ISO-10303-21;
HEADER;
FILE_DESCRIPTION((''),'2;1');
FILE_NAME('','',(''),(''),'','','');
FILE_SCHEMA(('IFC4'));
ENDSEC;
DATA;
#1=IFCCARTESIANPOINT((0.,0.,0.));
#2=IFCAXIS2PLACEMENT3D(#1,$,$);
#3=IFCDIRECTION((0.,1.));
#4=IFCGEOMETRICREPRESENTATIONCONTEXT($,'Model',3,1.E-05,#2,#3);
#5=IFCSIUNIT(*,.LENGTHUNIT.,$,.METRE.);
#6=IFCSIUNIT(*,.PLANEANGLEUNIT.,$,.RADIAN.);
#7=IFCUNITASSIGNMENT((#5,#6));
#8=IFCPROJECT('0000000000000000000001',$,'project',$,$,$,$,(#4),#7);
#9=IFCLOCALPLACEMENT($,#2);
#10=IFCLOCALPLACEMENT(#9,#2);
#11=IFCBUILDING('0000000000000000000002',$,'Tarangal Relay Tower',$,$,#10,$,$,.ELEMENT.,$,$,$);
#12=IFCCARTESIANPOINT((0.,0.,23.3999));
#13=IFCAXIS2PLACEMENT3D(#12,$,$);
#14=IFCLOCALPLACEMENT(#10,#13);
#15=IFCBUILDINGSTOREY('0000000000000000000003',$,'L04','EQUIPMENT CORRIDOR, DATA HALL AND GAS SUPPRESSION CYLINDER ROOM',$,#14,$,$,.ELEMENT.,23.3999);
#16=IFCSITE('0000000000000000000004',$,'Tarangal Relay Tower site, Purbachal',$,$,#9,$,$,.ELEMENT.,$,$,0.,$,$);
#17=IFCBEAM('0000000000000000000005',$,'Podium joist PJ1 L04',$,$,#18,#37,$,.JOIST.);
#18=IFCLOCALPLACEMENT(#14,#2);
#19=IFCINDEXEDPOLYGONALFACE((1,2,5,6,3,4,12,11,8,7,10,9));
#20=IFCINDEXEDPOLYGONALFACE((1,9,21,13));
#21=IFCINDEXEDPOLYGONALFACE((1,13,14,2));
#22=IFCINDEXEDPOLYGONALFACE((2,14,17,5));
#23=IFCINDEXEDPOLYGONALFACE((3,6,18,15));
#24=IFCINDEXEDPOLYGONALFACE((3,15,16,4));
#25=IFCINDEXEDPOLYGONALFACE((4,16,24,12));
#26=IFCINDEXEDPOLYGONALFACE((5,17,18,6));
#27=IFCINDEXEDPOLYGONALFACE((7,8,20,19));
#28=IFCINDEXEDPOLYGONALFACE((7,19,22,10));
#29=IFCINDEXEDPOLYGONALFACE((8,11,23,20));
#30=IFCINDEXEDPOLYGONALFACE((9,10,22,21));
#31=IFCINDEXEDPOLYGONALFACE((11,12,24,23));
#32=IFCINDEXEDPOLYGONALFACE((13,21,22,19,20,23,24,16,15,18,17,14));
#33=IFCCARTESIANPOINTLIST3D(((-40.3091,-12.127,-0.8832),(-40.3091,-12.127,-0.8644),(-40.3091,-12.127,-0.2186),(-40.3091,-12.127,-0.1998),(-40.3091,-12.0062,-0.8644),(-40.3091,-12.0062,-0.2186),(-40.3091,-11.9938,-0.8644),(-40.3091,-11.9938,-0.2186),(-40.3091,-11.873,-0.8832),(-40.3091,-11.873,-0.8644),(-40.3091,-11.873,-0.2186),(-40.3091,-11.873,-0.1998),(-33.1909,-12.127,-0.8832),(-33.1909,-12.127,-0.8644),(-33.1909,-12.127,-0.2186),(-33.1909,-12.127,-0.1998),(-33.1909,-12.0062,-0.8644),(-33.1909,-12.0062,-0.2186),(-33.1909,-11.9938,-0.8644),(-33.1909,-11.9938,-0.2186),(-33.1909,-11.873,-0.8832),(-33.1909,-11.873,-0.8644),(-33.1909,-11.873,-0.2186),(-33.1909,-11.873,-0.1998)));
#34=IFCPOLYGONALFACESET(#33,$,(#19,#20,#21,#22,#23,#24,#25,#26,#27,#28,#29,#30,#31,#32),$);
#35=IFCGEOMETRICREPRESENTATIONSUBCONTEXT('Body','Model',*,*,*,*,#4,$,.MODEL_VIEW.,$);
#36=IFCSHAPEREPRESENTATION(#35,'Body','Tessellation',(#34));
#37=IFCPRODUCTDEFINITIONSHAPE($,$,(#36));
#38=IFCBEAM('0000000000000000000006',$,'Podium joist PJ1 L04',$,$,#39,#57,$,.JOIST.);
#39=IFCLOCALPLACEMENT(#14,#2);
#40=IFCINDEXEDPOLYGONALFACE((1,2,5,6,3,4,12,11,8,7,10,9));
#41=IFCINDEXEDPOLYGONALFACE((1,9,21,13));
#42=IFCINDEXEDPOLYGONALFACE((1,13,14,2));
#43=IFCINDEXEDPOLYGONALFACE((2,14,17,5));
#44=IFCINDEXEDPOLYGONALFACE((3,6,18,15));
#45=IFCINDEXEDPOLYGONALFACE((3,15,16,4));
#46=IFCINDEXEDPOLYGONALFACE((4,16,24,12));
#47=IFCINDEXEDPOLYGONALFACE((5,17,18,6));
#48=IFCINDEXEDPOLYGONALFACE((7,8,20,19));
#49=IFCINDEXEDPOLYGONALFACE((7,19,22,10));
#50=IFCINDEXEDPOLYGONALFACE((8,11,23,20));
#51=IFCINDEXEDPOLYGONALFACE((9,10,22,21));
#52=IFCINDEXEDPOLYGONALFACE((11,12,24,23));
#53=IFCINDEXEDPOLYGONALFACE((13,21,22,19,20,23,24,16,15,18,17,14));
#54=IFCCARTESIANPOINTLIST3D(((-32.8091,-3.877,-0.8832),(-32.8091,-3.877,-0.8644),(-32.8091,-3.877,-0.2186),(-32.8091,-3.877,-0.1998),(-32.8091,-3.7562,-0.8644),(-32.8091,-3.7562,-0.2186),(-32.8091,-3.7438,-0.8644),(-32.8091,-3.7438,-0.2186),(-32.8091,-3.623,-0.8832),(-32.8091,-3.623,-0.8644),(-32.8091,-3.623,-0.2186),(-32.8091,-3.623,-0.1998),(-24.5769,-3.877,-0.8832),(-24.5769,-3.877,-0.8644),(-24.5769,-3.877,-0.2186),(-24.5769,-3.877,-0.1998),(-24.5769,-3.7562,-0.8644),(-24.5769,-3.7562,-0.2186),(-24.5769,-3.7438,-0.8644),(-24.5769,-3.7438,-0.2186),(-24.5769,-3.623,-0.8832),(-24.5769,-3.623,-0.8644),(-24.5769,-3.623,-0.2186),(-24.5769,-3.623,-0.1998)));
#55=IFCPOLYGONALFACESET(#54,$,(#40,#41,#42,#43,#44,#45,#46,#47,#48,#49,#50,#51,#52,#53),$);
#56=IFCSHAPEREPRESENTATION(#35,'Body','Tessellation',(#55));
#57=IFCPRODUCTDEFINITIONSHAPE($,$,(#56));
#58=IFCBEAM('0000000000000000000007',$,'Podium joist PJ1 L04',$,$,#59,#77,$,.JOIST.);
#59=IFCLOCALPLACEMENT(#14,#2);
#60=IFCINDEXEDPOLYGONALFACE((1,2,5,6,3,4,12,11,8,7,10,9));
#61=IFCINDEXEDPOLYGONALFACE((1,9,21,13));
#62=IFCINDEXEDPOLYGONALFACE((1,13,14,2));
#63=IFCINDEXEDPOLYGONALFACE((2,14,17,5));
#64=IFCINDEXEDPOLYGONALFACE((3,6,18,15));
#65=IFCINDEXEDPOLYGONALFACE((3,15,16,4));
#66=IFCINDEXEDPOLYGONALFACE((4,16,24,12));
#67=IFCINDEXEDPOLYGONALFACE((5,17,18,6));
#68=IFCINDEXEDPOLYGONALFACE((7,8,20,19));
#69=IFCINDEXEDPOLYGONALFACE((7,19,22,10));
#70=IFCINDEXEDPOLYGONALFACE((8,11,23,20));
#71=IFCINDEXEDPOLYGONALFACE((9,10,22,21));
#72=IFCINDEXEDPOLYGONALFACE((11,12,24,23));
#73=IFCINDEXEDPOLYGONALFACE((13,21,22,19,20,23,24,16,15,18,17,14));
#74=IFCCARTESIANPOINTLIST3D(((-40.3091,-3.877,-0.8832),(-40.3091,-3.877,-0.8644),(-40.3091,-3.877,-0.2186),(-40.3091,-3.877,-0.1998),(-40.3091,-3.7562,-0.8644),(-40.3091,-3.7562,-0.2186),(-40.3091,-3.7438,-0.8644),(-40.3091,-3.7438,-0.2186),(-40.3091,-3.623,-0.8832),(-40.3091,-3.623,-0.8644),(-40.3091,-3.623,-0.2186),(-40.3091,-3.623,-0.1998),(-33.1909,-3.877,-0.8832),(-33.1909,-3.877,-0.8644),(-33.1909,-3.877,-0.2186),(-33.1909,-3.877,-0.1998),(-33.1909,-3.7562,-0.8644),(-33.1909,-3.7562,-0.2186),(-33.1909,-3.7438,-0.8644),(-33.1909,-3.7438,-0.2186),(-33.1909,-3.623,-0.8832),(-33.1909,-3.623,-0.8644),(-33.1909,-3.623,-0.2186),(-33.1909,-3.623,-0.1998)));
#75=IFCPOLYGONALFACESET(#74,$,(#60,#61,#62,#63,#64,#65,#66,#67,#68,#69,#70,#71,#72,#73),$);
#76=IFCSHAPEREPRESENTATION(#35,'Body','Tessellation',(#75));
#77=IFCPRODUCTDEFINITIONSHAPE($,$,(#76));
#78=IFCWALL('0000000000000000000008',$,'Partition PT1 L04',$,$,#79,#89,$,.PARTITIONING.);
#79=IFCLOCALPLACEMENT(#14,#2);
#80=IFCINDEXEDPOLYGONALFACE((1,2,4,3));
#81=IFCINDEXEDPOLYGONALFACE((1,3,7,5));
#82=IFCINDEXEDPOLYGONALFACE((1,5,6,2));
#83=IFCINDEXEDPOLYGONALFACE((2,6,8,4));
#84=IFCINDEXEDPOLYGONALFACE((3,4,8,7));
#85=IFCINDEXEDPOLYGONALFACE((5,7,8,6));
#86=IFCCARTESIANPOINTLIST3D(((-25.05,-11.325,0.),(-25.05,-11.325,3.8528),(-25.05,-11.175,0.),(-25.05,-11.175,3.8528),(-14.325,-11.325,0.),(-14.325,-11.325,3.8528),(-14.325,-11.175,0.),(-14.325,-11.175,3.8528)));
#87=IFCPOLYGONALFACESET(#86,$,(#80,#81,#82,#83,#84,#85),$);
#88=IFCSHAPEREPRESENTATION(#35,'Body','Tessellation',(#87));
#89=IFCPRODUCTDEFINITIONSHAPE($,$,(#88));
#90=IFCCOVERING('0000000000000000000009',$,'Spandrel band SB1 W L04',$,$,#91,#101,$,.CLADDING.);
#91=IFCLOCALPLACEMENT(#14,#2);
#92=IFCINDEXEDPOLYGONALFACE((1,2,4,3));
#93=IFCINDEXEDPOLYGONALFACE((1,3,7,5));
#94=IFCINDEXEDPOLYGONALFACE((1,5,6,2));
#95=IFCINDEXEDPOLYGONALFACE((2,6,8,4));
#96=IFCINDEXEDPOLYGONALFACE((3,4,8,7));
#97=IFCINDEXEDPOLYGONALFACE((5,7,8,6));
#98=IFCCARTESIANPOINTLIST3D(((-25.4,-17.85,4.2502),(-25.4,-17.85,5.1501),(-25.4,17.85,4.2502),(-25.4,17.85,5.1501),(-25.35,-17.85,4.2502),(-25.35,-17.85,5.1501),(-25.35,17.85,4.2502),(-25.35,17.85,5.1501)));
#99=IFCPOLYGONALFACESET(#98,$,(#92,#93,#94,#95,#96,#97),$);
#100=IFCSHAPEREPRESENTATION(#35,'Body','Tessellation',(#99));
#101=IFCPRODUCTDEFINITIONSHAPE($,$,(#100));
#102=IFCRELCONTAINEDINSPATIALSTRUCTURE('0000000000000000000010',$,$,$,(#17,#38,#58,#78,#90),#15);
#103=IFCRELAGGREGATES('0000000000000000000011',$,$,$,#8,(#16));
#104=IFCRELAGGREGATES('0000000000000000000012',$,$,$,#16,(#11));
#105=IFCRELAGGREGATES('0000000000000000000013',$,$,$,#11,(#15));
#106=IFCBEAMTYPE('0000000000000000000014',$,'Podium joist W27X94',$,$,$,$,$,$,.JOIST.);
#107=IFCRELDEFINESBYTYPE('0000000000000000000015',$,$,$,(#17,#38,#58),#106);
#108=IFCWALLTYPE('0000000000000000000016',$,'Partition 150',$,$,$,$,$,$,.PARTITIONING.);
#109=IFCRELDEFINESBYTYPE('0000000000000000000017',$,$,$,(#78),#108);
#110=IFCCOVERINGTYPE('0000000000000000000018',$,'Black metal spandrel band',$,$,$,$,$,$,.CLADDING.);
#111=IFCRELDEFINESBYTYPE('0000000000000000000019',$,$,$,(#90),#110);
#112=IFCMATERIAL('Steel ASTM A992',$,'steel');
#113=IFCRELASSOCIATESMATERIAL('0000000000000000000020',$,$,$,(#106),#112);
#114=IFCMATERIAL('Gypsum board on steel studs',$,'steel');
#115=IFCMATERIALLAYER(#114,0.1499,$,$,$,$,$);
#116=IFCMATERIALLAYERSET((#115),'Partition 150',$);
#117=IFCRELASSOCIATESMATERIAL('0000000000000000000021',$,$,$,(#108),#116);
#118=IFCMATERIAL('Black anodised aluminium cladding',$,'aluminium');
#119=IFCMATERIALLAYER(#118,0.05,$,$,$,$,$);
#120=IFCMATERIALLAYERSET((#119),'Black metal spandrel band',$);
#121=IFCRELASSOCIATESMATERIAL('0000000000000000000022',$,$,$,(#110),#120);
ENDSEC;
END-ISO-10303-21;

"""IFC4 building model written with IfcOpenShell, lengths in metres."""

from ifc_helpers import new_model, si_unit, direction, frame, frame_2d, origin, origin_2d, place, context, subcontext, project, spatial, rectangle, i_section, extrude, material, layer, layer_set, material_profile, profile_set, type_object, element, save


model = new_model("IFC4")

# Units and contexts
model_context = context("Model", 3, precision=1e-05, world=origin(), true_north=direction((0.0, 1.0)))
body_context = subcontext(model_context, "Body", "Model", "MODEL_VIEW")
ifc_project = project(units=[si_unit("LENGTHUNIT", "METRE"), si_unit("PLANEANGLEUNIT", "RADIAN")], contexts=[model_context])

# Site, building, storey
site_placement = place(None, origin())
site = spatial("IfcSite", under=ifc_project, at=site_placement, Name="Tarangal Relay Tower site, Purbachal", CompositionType="ELEMENT", RefElevation=0.0)
building_placement = place(site_placement, origin())
building = spatial("IfcBuilding", under=site, at=building_placement, Name="Tarangal Relay Tower", CompositionType="ELEMENT")
storey_placement = place(building_placement, frame((0.0, 0.0, 23.3999)))
storey = spatial("IfcBuildingStorey", under=building, at=storey_placement, Name="L04", Description="EQUIPMENT CORRIDOR, DATA HALL AND GAS SUPPRESSION CYLINDER ROOM", CompositionType="ELEMENT", Elevation=23.3999)

# Beams
ifc_material_1 = material(Name="Steel ASTM A992", Category="steel")
ifc_material_profile_1 = material_profile(ifc_material_1, i_section(OverallWidth=0.2539, OverallDepth=0.6833, WebThickness=0.0125, FlangeThickness=0.0188, at=origin_2d()), Name="W27X94")
ifc_profile_set_1 = profile_set([ifc_material_profile_1], Name="Steel ASTM A992")
beam_type_1 = type_object("IfcBeamType", Name="Podium joist W27X94", PredefinedType="JOIST", material=ifc_profile_set_1)
beam_1_placement = place(storey_placement, frame((-33.1909, -12.0, -0.5415), z_axis=(-1.0, 0.0, 0.0), x_axis=(0.0, -1.0, 0.0)))
element("IfcBeam", 1, at=beam_1_placement, inside=storey, type_object=beam_type_1, Name="Podium joist PJ1 L04", PredefinedType="JOIST", context=body_context, shape_type="SweptSolid", body=[
    extrude(i_section(OverallWidth=0.2539, OverallDepth=0.6833, WebThickness=0.0125, FlangeThickness=0.0188, at=origin_2d()), origin(), (0.0, 0.0, 1.0), 7.1182),
])
beam_2_placement = place(storey_placement, frame((-24.5769, -3.75, -0.5415), z_axis=(-1.0, 0.0, 0.0), x_axis=(0.0, -1.0, 0.0)))
element("IfcBeam", 2, at=beam_2_placement, inside=storey, type_object=beam_type_1, Name="Podium joist PJ1 L04", PredefinedType="JOIST", context=body_context, shape_type="SweptSolid", body=[
    extrude(i_section(OverallWidth=0.2539, OverallDepth=0.6833, WebThickness=0.0125, FlangeThickness=0.0188, at=origin_2d()), origin(), (0.0, 0.0, 1.0), 8.2322),
])
beam_3_placement = place(storey_placement, frame((-33.1909, -3.75, -0.5415), z_axis=(-1.0, 0.0, 0.0), x_axis=(0.0, -1.0, 0.0)))
element("IfcBeam", 3, at=beam_3_placement, inside=storey, type_object=beam_type_1, Name="Podium joist PJ1 L04", PredefinedType="JOIST", context=body_context, shape_type="SweptSolid", body=[
    extrude(i_section(OverallWidth=0.2539, OverallDepth=0.6833, WebThickness=0.0125, FlangeThickness=0.0188, at=origin_2d()), origin(), (0.0, 0.0, 1.0), 7.1182),
])

# Wall
ifc_material_2 = material(Name="Gypsum board on steel studs", Category="steel")
ifc_layer_1 = layer(ifc_material_2, 0.1499)
ifc_layer_set_1 = layer_set([ifc_layer_1], Name="Partition 150")
wall_type = type_object("IfcWallType", Name="Partition 150", PredefinedType="PARTITIONING", material=ifc_layer_set_1)
wall_placement = place(storey_placement, frame((-25.05, -11.25, 0.0), z_axis=(0.0, 0.0, 1.0), x_axis=(1.0, 0.0, 0.0)))
element("IfcWall", 4, at=wall_placement, inside=storey, type_object=wall_type, Name="Partition PT1 L04", PredefinedType="PARTITIONING", context=body_context, shape_type="SweptSolid", body=[
    extrude(rectangle(XDim=10.7251, YDim=0.1499, at=frame_2d((5.3625, 0.0))), origin(), (0.0, 0.0, 1.0), 3.8528),
])

# Covering
ifc_material_3 = material(Name="Black anodised aluminium cladding", Category="aluminium")
ifc_layer_2 = layer(ifc_material_3, 0.05)
ifc_layer_set_2 = layer_set([ifc_layer_2], Name="Black metal spandrel band")
covering_type = type_object("IfcCoveringType", Name="Black metal spandrel band", PredefinedType="CLADDING", material=ifc_layer_set_2)
covering_placement = place(storey_placement, frame((-25.375, 0.0, 4.2502), z_axis=(0.0, 0.0, 1.0), x_axis=(0.0, 1.0, 0.0)))
element("IfcCovering", 5, at=covering_placement, inside=storey, type_object=covering_type, Name="Spandrel band SB1 W L04", PredefinedType="CLADDING", context=body_context, shape_type="SweptSolid", body=[
    extrude(rectangle(XDim=35.7, YDim=0.05, at=origin_2d()), origin(), (0.0, 0.0, 1.0), 0.8999),
])

save(model, "model.ifc")
